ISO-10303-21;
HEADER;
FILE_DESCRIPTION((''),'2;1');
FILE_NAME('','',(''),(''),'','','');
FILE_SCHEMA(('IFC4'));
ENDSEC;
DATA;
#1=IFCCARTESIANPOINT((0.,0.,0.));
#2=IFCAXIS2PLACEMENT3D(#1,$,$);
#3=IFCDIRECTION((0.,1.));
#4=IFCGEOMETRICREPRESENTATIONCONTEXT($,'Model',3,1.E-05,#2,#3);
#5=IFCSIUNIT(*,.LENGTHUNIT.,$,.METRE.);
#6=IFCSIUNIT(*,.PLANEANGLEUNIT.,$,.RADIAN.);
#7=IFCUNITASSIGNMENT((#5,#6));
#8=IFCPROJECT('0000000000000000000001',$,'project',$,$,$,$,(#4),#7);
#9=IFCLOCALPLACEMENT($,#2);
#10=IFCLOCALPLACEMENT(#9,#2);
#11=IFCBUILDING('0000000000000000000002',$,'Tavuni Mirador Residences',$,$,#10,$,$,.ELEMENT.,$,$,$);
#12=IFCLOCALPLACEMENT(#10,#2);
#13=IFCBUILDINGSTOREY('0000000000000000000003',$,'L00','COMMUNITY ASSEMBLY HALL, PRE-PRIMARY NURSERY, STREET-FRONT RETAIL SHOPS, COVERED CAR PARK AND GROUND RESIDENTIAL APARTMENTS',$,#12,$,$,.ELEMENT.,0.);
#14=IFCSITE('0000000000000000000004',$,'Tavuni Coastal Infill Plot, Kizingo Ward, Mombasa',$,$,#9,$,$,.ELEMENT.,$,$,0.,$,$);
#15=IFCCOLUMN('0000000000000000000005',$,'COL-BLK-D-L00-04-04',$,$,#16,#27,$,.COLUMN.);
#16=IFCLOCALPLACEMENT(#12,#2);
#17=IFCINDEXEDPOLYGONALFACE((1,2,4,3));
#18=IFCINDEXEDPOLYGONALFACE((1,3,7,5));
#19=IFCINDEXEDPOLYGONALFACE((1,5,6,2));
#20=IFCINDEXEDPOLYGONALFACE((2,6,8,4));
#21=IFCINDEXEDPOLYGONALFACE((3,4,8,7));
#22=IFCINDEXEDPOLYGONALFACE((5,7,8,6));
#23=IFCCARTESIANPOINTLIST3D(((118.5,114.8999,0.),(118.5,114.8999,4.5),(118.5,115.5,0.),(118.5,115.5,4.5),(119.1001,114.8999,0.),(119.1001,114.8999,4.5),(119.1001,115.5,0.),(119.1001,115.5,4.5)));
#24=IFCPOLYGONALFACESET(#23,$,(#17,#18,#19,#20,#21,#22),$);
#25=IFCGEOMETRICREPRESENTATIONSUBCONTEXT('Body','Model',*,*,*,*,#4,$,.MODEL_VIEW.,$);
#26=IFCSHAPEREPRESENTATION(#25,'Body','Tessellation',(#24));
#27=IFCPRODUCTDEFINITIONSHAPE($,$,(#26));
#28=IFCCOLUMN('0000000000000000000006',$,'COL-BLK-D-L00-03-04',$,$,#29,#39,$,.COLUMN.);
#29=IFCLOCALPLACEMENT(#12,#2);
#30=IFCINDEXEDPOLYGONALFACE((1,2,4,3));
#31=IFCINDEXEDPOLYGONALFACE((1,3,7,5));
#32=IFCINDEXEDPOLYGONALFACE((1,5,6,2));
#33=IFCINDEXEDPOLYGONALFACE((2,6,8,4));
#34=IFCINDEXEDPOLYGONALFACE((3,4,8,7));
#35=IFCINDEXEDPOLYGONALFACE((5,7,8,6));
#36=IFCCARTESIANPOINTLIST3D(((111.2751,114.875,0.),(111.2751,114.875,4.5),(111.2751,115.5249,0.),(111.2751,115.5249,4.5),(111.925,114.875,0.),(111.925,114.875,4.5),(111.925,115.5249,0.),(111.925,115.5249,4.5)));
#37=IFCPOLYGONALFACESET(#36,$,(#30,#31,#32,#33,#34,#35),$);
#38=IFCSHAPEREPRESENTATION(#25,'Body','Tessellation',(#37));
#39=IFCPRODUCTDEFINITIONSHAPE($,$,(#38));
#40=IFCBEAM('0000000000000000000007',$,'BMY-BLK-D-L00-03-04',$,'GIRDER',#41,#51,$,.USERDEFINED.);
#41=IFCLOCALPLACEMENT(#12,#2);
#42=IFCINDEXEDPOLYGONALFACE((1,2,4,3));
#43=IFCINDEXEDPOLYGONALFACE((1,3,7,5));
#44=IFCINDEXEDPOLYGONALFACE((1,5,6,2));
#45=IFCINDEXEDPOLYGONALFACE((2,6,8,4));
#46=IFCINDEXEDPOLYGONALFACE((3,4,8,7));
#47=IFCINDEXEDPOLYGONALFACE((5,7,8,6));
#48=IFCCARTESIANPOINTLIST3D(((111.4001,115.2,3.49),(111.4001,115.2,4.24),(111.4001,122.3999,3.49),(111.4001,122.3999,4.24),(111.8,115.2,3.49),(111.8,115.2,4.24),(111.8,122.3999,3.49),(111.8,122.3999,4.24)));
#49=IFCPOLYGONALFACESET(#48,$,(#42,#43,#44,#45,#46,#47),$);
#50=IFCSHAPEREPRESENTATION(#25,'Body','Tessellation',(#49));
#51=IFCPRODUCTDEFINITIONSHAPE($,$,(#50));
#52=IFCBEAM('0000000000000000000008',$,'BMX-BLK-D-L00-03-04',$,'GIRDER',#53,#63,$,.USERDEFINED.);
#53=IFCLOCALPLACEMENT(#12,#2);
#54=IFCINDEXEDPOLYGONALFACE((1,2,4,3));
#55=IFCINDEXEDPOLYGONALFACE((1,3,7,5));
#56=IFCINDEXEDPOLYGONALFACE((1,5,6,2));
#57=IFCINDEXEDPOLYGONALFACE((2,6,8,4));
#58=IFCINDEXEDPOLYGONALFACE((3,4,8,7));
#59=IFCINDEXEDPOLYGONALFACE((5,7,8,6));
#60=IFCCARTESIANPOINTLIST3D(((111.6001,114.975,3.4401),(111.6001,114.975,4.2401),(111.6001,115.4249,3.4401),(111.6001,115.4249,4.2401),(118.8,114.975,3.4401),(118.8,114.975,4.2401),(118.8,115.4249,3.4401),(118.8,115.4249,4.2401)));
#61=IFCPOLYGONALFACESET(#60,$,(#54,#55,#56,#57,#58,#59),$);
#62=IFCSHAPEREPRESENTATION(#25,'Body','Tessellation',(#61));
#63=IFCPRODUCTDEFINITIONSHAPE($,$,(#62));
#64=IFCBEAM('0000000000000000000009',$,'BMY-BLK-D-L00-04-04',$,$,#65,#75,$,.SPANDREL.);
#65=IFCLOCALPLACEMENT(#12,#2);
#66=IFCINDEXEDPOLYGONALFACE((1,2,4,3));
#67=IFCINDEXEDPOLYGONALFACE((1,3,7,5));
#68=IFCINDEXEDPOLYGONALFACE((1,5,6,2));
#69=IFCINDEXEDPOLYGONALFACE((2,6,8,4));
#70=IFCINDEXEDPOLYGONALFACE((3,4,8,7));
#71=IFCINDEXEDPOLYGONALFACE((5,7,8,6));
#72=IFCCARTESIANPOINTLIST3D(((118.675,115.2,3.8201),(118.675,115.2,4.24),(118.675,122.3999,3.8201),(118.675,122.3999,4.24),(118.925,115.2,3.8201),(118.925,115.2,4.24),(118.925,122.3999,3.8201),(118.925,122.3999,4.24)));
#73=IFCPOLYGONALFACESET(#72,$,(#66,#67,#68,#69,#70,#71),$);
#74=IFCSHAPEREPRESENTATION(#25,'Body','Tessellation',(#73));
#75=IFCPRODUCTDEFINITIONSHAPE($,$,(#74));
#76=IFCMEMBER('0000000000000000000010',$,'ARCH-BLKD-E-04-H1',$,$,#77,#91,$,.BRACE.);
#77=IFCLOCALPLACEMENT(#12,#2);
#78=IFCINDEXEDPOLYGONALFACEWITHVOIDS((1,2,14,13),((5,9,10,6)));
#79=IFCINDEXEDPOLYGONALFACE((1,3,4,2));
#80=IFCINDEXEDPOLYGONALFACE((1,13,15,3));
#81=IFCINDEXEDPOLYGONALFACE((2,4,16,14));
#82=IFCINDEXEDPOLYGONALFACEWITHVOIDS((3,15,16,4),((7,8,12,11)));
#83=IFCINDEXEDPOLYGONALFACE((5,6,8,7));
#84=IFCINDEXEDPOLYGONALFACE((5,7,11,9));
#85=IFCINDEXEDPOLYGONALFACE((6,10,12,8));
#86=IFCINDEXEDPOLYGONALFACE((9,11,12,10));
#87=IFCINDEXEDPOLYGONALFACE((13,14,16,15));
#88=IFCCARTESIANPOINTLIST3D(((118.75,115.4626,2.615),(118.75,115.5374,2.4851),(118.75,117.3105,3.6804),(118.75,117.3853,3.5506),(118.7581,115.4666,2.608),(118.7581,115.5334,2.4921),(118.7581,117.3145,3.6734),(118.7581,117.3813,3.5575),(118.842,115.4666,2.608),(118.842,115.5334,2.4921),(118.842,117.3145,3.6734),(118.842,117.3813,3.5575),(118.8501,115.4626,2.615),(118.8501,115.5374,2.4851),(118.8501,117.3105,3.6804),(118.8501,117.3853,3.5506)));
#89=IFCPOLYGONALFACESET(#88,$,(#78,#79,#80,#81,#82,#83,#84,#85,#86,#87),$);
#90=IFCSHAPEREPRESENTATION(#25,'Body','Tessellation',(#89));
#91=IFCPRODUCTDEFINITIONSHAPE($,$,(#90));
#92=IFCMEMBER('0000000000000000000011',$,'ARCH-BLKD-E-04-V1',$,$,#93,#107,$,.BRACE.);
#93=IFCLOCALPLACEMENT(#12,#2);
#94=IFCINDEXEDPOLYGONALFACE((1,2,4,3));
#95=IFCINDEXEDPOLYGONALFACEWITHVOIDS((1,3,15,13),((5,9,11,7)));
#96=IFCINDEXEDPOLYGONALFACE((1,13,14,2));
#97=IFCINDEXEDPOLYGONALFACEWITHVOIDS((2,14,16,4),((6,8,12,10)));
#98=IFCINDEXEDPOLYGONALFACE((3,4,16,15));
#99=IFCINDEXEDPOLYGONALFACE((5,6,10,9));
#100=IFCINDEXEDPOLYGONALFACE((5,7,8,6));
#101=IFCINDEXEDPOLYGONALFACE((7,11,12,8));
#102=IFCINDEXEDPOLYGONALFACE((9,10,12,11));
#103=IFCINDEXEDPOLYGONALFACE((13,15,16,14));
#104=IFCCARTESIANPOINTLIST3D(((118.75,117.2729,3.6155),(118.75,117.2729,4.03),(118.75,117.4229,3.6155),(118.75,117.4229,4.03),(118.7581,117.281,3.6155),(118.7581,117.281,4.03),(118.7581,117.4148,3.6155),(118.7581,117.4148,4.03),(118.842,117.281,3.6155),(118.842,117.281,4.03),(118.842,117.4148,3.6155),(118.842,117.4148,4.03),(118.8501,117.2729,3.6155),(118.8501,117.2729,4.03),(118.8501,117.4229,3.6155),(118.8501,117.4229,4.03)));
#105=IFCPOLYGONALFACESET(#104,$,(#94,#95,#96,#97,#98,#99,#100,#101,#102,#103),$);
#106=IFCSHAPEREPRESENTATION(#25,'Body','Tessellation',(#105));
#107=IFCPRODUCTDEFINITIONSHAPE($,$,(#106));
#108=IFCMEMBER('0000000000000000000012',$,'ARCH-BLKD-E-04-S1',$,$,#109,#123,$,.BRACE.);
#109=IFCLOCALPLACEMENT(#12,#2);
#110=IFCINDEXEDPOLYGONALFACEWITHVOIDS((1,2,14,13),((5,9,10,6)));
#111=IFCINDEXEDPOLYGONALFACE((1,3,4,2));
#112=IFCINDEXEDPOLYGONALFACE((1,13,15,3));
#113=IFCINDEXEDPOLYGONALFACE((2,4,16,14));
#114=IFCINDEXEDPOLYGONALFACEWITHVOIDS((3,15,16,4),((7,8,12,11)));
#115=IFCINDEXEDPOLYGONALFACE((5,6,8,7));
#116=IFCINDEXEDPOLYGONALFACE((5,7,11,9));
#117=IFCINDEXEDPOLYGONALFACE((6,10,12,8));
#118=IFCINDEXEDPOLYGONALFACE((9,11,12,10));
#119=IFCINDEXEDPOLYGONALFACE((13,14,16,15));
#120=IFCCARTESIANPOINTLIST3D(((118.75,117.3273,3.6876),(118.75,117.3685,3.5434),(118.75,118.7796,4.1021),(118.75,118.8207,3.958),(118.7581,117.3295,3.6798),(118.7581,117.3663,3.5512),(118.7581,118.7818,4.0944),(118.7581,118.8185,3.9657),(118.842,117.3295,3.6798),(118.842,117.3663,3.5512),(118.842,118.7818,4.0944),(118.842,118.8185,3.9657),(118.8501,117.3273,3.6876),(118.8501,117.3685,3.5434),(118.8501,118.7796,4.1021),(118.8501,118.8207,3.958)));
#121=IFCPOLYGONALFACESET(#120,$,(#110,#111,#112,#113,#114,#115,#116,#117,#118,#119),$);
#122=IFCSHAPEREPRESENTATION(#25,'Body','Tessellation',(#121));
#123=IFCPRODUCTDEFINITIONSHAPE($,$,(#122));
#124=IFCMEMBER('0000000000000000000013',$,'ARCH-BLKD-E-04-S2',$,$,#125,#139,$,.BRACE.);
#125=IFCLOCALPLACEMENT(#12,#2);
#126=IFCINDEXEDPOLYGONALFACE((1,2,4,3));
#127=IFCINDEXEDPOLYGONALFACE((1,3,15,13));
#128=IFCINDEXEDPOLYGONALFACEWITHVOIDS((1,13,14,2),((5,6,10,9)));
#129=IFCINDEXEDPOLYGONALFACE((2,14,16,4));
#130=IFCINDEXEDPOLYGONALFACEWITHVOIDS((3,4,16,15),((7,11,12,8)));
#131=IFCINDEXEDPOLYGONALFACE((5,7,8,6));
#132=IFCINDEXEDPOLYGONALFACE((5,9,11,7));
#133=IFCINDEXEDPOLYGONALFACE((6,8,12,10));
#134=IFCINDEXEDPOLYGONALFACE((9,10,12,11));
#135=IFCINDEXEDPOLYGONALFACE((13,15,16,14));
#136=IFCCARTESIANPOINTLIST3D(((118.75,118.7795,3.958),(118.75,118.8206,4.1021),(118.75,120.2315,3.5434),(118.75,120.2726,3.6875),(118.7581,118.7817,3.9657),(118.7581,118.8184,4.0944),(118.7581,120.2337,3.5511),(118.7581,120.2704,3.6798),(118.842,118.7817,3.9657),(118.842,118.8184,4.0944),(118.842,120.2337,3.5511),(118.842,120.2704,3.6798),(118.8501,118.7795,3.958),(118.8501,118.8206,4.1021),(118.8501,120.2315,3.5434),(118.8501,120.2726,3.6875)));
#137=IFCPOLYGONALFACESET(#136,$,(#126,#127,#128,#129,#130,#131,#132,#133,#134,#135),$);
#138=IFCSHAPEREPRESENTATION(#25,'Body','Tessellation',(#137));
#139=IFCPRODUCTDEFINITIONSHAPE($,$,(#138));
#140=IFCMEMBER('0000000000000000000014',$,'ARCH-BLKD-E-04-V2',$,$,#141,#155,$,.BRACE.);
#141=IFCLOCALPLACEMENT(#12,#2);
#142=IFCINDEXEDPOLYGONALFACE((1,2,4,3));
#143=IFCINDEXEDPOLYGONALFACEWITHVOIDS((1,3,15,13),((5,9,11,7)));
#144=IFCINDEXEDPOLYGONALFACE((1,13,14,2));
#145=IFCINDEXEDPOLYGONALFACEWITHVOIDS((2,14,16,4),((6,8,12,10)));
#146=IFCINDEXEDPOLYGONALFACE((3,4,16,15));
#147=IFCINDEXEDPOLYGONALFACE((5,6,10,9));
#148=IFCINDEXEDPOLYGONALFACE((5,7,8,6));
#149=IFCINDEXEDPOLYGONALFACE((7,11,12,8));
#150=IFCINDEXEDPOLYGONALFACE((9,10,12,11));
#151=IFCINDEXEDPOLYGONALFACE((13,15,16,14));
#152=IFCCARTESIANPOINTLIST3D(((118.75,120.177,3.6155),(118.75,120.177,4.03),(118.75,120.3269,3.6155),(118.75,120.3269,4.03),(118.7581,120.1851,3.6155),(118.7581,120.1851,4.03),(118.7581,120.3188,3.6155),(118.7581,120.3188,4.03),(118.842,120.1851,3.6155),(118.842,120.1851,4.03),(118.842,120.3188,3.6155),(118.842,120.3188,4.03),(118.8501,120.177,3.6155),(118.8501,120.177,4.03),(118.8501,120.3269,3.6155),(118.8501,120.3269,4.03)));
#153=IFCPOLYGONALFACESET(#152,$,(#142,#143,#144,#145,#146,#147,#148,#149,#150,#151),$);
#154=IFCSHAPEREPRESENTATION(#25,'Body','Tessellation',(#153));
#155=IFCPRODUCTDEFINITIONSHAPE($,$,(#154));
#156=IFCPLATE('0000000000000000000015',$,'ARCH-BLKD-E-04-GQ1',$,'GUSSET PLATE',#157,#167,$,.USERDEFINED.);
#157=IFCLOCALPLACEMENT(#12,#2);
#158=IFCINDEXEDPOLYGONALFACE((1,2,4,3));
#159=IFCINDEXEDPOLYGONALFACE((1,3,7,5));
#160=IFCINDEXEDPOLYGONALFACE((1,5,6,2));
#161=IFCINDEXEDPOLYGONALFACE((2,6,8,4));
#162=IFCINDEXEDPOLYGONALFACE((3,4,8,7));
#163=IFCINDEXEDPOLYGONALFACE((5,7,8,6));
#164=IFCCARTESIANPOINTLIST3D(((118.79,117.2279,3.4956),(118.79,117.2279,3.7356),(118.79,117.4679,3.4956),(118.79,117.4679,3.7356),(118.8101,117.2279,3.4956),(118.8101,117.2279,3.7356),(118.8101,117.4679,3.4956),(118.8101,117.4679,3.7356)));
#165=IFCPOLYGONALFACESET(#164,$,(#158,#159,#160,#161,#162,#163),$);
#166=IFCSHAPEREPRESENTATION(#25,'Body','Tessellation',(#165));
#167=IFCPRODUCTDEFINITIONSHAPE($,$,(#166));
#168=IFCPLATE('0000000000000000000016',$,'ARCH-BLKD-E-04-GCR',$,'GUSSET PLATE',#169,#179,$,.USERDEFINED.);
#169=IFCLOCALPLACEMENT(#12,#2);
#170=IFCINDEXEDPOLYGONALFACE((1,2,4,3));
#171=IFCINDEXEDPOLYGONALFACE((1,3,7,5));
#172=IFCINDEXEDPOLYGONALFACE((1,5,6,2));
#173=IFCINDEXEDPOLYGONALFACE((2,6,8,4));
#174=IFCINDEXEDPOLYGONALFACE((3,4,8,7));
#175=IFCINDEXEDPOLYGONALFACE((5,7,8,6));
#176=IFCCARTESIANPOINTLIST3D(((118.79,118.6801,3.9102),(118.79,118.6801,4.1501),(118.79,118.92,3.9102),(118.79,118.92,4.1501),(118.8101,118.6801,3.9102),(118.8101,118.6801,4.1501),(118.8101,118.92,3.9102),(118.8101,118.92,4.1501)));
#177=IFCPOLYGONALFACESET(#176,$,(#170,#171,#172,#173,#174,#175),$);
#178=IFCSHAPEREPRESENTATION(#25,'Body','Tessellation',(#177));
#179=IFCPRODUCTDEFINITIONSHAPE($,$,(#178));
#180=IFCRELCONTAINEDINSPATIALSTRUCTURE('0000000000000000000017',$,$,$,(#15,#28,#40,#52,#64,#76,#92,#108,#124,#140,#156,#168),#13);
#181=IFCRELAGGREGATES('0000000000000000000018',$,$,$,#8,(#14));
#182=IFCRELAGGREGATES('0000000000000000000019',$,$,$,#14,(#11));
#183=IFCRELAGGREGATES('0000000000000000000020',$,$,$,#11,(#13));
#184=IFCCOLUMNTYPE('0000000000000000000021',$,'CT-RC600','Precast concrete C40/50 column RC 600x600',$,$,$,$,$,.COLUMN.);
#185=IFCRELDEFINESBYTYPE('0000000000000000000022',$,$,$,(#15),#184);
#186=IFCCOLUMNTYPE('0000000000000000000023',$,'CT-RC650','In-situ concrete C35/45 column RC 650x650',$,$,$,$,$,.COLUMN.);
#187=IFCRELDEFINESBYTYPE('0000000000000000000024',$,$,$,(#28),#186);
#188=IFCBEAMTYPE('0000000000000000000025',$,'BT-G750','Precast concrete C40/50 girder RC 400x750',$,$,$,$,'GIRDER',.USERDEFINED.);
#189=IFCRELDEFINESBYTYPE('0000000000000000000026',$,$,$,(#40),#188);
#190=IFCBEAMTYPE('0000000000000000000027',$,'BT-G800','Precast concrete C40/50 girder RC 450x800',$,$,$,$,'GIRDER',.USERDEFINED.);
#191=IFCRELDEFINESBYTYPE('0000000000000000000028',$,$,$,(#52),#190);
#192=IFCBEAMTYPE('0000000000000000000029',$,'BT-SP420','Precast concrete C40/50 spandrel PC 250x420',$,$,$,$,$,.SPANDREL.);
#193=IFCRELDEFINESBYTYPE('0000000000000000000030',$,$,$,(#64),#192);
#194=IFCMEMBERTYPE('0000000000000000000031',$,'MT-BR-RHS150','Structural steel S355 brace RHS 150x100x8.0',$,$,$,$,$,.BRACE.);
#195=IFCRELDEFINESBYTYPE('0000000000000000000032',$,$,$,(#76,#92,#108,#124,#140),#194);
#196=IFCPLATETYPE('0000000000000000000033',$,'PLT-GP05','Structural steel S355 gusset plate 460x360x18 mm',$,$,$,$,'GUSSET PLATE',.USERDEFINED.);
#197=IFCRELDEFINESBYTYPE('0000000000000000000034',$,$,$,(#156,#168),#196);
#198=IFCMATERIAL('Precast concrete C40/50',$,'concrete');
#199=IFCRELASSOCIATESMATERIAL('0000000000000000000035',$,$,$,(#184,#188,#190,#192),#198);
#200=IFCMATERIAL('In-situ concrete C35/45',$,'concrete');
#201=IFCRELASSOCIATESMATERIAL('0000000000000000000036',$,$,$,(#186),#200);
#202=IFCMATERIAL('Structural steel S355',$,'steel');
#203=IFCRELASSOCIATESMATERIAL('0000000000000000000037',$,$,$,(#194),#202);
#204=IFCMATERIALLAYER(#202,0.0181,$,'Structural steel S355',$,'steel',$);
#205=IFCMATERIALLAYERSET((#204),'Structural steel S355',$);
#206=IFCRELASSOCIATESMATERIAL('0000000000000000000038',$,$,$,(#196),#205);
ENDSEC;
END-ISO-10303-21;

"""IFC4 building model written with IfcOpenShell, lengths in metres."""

from ifc_helpers import new_model, si_unit, direction, frame, origin, origin_2d, place, context, subcontext, project, spatial, rectangle, hollow_rectangle, extrude, material, layer, layer_set, material_profile, profile_set, type_object, element, save


model = new_model("IFC4")

# Units and contexts
model_context = context("Model", 3, precision=1e-05, world=origin(), true_north=direction((0.0, 1.0)))
body_context = subcontext(model_context, "Body", "Model", "MODEL_VIEW")
ifc_project = project(units=[si_unit("LENGTHUNIT", "METRE"), si_unit("PLANEANGLEUNIT", "RADIAN")], contexts=[model_context])

# Site, building, storey
site_placement = place(None, origin())
site = spatial("IfcSite", under=ifc_project, at=site_placement, Name="Tavuni Coastal Infill Plot, Kizingo Ward, Mombasa", CompositionType="ELEMENT", RefElevation=0.0)
building_placement = place(site_placement, origin())
building = spatial("IfcBuilding", under=site, at=building_placement, Name="Tavuni Mirador Residences", CompositionType="ELEMENT")
storey_placement = place(building_placement, origin())
storey = spatial("IfcBuildingStorey", under=building, at=storey_placement, Name="L00", Description="COMMUNITY ASSEMBLY HALL, PRE-PRIMARY NURSERY, STREET-FRONT RETAIL SHOPS, COVERED CAR PARK AND GROUND RESIDENTIAL APARTMENTS", CompositionType="ELEMENT", Elevation=0.0)

# Columns
ifc_material_1 = material(Name="Precast concrete C40/50", Category="concrete")
ifc_material_profile_1 = material_profile(ifc_material_1, rectangle(XDim=0.6001, YDim=0.6001, at=origin_2d()), Name="RC 600x600", Category="concrete")
ifc_profile_set_1 = profile_set([ifc_material_profile_1], Name="Precast concrete C40/50")
column_type_1 = type_object("IfcColumnType", Name="CT-RC600", Description="Precast concrete C40/50 column RC 600x600", PredefinedType="COLUMN", material=ifc_profile_set_1)
column_1_placement = place(storey_placement, frame((118.8, 115.2, 0.0), z_axis=(0.0, 0.0, 1.0), x_axis=(1.0, 0.0, 0.0)))
element("IfcColumn", 1, at=column_1_placement, inside=storey, type_object=column_type_1, Name="COL-BLK-D-L00-04-04", PredefinedType="COLUMN", context=body_context, shape_type="SweptSolid", body=[
    extrude(rectangle(XDim=0.6001, YDim=0.6001, at=origin_2d()), origin(), (0.0, 0.0, 1.0), 4.5),
])
ifc_material_2 = material(Name="In-situ concrete C35/45", Category="concrete")
ifc_material_profile_2 = material_profile(ifc_material_2, rectangle(XDim=0.6499, YDim=0.6499, at=origin_2d()), Name="RC 650x650", Category="concrete")
ifc_profile_set_2 = profile_set([ifc_material_profile_2], Name="In-situ concrete C35/45")
column_type_2 = type_object("IfcColumnType", Name="CT-RC650", Description="In-situ concrete C35/45 column RC 650x650", PredefinedType="COLUMN", material=ifc_profile_set_2)
column_2_placement = place(storey_placement, frame((111.6001, 115.2, 0.0), z_axis=(0.0, 0.0, 1.0), x_axis=(1.0, 0.0, 0.0)))
element("IfcColumn", 2, at=column_2_placement, inside=storey, type_object=column_type_2, Name="COL-BLK-D-L00-03-04", PredefinedType="COLUMN", context=body_context, shape_type="SweptSolid", body=[
    extrude(rectangle(XDim=0.6499, YDim=0.6499, at=origin_2d()), origin(), (0.0, 0.0, 1.0), 4.5),
])

# Beams
ifc_material_profile_3 = material_profile(ifc_material_1, rectangle(XDim=0.3999, YDim=0.75, at=origin_2d()), Name="RC 400x750", Category="concrete")
ifc_profile_set_3 = profile_set([ifc_material_profile_3], Name="Precast concrete C40/50")
beam_type_1 = type_object("IfcBeamType", Name="BT-G750", Description="Precast concrete C40/50 girder RC 400x750", ElementType="GIRDER", PredefinedType="USERDEFINED", material=ifc_profile_set_3)
beam_1_placement = place(storey_placement, frame((111.6001, 115.2, 3.865), z_axis=(0.0, 1.0, 0.0), x_axis=(-1.0, 0.0, 0.0)))
element("IfcBeam", 3, at=beam_1_placement, inside=storey, type_object=beam_type_1, Name="BMY-BLK-D-L00-03-04", ObjectType="GIRDER", PredefinedType="USERDEFINED", context=body_context, shape_type="SweptSolid", body=[
    extrude(rectangle(XDim=0.3999, YDim=0.75, at=origin_2d()), origin(), (0.0, 0.0, 1.0), 7.2),
])
ifc_material_profile_4 = material_profile(ifc_material_1, rectangle(XDim=0.45, YDim=0.8, at=origin_2d()), Name="RC 450x800", Category="concrete")
ifc_profile_set_4 = profile_set([ifc_material_profile_4], Name="Precast concrete C40/50")
beam_type_2 = type_object("IfcBeamType", Name="BT-G800", Description="Precast concrete C40/50 girder RC 450x800", ElementType="GIRDER", PredefinedType="USERDEFINED", material=ifc_profile_set_4)
beam_2_placement = place(storey_placement, frame((111.6001, 115.2, 3.8401), z_axis=(1.0, 0.0, 0.0), x_axis=(0.0, 1.0, 0.0)))
element("IfcBeam", 4, at=beam_2_placement, inside=storey, type_object=beam_type_2, Name="BMX-BLK-D-L00-03-04", ObjectType="GIRDER", PredefinedType="USERDEFINED", context=body_context, shape_type="SweptSolid", body=[
    extrude(rectangle(XDim=0.45, YDim=0.8, at=origin_2d()), origin(), (0.0, 0.0, 1.0), 7.2),
])
ifc_material_profile_5 = material_profile(ifc_material_1, rectangle(XDim=0.25, YDim=0.4199, at=origin_2d()), Name="PC 250x420", Category="concrete")
ifc_profile_set_5 = profile_set([ifc_material_profile_5], Name="Precast concrete C40/50")
beam_type_3 = type_object("IfcBeamType", Name="BT-SP420", Description="Precast concrete C40/50 spandrel PC 250x420", PredefinedType="SPANDREL", material=ifc_profile_set_5)
beam_3_placement = place(storey_placement, frame((118.8, 115.2, 4.03), z_axis=(0.0, 1.0, 0.0), x_axis=(-1.0, 0.0, 0.0)))
element("IfcBeam", 5, at=beam_3_placement, inside=storey, type_object=beam_type_3, Name="BMY-BLK-D-L00-04-04", PredefinedType="SPANDREL", context=body_context, shape_type="SweptSolid", body=[
    extrude(rectangle(XDim=0.25, YDim=0.4199, at=origin_2d()), origin(), (0.0, 0.0, 1.0), 7.2),
])

# Members
ifc_material_3 = material(Name="Structural steel S355", Category="steel")
ifc_material_profile_6 = material_profile(ifc_material_3, hollow_rectangle(XDim=0.1001, YDim=0.1499, WallThickness=0.0081, at=origin_2d()), Name="RHS 150x100x8.0", Category="steel")
ifc_profile_set_6 = profile_set([ifc_material_profile_6], Name="Structural steel S355")
member_type = type_object("IfcMemberType", Name="MT-BR-RHS150", Description="Structural steel S355 brace RHS 150x100x8.0", PredefinedType="BRACE", material=ifc_profile_set_6)
member_1_placement = place(storey_placement, frame((118.8, 115.5, 2.55), z_axis=(0.0, 0.866321, 0.499488), x_axis=(-1.0, 0.0, 0.0)))
element("IfcMember", 6, at=member_1_placement, inside=storey, type_object=member_type, Name="ARCH-BLKD-E-04-H1", PredefinedType="BRACE", context=body_context, shape_type="SweptSolid", body=[
    extrude(hollow_rectangle(XDim=0.1001, YDim=0.1499, WallThickness=0.0081, at=origin_2d()), origin(), (0.0, 0.0, 1.0), 2.1331),
])
member_2_placement = place(storey_placement, frame((118.8, 117.3479, 3.6155), z_axis=(0.0, 0.0, 1.0), x_axis=(1.0, 0.0, 0.0)))
element("IfcMember", 7, at=member_2_placement, inside=storey, type_object=member_type, Name="ARCH-BLKD-E-04-V1", PredefinedType="BRACE", context=body_context, shape_type="SweptSolid", body=[
    extrude(hollow_rectangle(XDim=0.1001, YDim=0.1499, WallThickness=0.0081, at=origin_2d()), origin(), (0.0, 0.0, 1.0), 0.4146),
])
member_3_placement = place(storey_placement, frame((118.8, 117.3479, 3.6155), z_axis=(0.0, 0.961585, 0.274508), x_axis=(-1.0, 0.0, 0.0)))
element("IfcMember", 8, at=member_3_placement, inside=storey, type_object=member_type, Name="ARCH-BLKD-E-04-S1", PredefinedType="BRACE", context=body_context, shape_type="SweptSolid", body=[
    extrude(hollow_rectangle(XDim=0.1001, YDim=0.1499, WallThickness=0.0081, at=origin_2d()), origin(), (0.0, 0.0, 1.0), 1.5103),
])
member_4_placement = place(storey_placement, frame((118.8, 118.8, 4.03), z_axis=(0.0, 0.961573, -0.27455), x_axis=(-1.0, 0.0, 0.0)))
element("IfcMember", 9, at=member_4_placement, inside=storey, type_object=member_type, Name="ARCH-BLKD-E-04-S2", PredefinedType="BRACE", context=body_context, shape_type="SweptSolid", body=[
    extrude(hollow_rectangle(XDim=0.1001, YDim=0.1499, WallThickness=0.0081, at=origin_2d()), origin(), (0.0, 0.0, 1.0), 1.51),
])
member_5_placement = place(storey_placement, frame((118.8, 120.252, 3.6155), z_axis=(0.0, 0.0, 1.0), x_axis=(1.0, 0.0, 0.0)))
element("IfcMember", 10, at=member_5_placement, inside=storey, type_object=member_type, Name="ARCH-BLKD-E-04-V2", PredefinedType="BRACE", context=body_context, shape_type="SweptSolid", body=[
    extrude(hollow_rectangle(XDim=0.1001, YDim=0.1499, WallThickness=0.0081, at=origin_2d()), origin(), (0.0, 0.0, 1.0), 0.4146),
])

# Plates
ifc_layer_1 = layer(ifc_material_3, 0.0181, Name="Structural steel S355", Category="steel")
ifc_layer_set_1 = layer_set([ifc_layer_1], Name="Structural steel S355")
plate_type = type_object("IfcPlateType", Name="PLT-GP05", Description="Structural steel S355 gusset plate 460x360x18 mm", ElementType="GUSSET PLATE", PredefinedType="USERDEFINED", material=ifc_layer_set_1)
for number, where, z_axis, x_axis, name in (
    (11, (118.8, 117.3479, 3.4956), (0.0, 0.0, 1.0), (1.0, 0.0, 0.0), "ARCH-BLKD-E-04-GQ1"),
    (12, (118.8, 118.8, 3.9102), (0.0, 0.0, 1.0), (1.0, 0.0, 0.0), "ARCH-BLKD-E-04-GCR"),
):
    element("IfcPlate", number, at=place(storey_placement, frame(where, z_axis=z_axis, x_axis=x_axis)), inside=storey, type_object=plate_type, Name=name, ObjectType="GUSSET PLATE", PredefinedType="USERDEFINED", context=body_context, shape_type="SweptSolid", body=[
        extrude(rectangle(XDim=0.02, YDim=0.24, at=origin_2d()), origin(), (0.0, 0.0, 1.0), 0.24),
    ])

save(model, "model.ifc")
